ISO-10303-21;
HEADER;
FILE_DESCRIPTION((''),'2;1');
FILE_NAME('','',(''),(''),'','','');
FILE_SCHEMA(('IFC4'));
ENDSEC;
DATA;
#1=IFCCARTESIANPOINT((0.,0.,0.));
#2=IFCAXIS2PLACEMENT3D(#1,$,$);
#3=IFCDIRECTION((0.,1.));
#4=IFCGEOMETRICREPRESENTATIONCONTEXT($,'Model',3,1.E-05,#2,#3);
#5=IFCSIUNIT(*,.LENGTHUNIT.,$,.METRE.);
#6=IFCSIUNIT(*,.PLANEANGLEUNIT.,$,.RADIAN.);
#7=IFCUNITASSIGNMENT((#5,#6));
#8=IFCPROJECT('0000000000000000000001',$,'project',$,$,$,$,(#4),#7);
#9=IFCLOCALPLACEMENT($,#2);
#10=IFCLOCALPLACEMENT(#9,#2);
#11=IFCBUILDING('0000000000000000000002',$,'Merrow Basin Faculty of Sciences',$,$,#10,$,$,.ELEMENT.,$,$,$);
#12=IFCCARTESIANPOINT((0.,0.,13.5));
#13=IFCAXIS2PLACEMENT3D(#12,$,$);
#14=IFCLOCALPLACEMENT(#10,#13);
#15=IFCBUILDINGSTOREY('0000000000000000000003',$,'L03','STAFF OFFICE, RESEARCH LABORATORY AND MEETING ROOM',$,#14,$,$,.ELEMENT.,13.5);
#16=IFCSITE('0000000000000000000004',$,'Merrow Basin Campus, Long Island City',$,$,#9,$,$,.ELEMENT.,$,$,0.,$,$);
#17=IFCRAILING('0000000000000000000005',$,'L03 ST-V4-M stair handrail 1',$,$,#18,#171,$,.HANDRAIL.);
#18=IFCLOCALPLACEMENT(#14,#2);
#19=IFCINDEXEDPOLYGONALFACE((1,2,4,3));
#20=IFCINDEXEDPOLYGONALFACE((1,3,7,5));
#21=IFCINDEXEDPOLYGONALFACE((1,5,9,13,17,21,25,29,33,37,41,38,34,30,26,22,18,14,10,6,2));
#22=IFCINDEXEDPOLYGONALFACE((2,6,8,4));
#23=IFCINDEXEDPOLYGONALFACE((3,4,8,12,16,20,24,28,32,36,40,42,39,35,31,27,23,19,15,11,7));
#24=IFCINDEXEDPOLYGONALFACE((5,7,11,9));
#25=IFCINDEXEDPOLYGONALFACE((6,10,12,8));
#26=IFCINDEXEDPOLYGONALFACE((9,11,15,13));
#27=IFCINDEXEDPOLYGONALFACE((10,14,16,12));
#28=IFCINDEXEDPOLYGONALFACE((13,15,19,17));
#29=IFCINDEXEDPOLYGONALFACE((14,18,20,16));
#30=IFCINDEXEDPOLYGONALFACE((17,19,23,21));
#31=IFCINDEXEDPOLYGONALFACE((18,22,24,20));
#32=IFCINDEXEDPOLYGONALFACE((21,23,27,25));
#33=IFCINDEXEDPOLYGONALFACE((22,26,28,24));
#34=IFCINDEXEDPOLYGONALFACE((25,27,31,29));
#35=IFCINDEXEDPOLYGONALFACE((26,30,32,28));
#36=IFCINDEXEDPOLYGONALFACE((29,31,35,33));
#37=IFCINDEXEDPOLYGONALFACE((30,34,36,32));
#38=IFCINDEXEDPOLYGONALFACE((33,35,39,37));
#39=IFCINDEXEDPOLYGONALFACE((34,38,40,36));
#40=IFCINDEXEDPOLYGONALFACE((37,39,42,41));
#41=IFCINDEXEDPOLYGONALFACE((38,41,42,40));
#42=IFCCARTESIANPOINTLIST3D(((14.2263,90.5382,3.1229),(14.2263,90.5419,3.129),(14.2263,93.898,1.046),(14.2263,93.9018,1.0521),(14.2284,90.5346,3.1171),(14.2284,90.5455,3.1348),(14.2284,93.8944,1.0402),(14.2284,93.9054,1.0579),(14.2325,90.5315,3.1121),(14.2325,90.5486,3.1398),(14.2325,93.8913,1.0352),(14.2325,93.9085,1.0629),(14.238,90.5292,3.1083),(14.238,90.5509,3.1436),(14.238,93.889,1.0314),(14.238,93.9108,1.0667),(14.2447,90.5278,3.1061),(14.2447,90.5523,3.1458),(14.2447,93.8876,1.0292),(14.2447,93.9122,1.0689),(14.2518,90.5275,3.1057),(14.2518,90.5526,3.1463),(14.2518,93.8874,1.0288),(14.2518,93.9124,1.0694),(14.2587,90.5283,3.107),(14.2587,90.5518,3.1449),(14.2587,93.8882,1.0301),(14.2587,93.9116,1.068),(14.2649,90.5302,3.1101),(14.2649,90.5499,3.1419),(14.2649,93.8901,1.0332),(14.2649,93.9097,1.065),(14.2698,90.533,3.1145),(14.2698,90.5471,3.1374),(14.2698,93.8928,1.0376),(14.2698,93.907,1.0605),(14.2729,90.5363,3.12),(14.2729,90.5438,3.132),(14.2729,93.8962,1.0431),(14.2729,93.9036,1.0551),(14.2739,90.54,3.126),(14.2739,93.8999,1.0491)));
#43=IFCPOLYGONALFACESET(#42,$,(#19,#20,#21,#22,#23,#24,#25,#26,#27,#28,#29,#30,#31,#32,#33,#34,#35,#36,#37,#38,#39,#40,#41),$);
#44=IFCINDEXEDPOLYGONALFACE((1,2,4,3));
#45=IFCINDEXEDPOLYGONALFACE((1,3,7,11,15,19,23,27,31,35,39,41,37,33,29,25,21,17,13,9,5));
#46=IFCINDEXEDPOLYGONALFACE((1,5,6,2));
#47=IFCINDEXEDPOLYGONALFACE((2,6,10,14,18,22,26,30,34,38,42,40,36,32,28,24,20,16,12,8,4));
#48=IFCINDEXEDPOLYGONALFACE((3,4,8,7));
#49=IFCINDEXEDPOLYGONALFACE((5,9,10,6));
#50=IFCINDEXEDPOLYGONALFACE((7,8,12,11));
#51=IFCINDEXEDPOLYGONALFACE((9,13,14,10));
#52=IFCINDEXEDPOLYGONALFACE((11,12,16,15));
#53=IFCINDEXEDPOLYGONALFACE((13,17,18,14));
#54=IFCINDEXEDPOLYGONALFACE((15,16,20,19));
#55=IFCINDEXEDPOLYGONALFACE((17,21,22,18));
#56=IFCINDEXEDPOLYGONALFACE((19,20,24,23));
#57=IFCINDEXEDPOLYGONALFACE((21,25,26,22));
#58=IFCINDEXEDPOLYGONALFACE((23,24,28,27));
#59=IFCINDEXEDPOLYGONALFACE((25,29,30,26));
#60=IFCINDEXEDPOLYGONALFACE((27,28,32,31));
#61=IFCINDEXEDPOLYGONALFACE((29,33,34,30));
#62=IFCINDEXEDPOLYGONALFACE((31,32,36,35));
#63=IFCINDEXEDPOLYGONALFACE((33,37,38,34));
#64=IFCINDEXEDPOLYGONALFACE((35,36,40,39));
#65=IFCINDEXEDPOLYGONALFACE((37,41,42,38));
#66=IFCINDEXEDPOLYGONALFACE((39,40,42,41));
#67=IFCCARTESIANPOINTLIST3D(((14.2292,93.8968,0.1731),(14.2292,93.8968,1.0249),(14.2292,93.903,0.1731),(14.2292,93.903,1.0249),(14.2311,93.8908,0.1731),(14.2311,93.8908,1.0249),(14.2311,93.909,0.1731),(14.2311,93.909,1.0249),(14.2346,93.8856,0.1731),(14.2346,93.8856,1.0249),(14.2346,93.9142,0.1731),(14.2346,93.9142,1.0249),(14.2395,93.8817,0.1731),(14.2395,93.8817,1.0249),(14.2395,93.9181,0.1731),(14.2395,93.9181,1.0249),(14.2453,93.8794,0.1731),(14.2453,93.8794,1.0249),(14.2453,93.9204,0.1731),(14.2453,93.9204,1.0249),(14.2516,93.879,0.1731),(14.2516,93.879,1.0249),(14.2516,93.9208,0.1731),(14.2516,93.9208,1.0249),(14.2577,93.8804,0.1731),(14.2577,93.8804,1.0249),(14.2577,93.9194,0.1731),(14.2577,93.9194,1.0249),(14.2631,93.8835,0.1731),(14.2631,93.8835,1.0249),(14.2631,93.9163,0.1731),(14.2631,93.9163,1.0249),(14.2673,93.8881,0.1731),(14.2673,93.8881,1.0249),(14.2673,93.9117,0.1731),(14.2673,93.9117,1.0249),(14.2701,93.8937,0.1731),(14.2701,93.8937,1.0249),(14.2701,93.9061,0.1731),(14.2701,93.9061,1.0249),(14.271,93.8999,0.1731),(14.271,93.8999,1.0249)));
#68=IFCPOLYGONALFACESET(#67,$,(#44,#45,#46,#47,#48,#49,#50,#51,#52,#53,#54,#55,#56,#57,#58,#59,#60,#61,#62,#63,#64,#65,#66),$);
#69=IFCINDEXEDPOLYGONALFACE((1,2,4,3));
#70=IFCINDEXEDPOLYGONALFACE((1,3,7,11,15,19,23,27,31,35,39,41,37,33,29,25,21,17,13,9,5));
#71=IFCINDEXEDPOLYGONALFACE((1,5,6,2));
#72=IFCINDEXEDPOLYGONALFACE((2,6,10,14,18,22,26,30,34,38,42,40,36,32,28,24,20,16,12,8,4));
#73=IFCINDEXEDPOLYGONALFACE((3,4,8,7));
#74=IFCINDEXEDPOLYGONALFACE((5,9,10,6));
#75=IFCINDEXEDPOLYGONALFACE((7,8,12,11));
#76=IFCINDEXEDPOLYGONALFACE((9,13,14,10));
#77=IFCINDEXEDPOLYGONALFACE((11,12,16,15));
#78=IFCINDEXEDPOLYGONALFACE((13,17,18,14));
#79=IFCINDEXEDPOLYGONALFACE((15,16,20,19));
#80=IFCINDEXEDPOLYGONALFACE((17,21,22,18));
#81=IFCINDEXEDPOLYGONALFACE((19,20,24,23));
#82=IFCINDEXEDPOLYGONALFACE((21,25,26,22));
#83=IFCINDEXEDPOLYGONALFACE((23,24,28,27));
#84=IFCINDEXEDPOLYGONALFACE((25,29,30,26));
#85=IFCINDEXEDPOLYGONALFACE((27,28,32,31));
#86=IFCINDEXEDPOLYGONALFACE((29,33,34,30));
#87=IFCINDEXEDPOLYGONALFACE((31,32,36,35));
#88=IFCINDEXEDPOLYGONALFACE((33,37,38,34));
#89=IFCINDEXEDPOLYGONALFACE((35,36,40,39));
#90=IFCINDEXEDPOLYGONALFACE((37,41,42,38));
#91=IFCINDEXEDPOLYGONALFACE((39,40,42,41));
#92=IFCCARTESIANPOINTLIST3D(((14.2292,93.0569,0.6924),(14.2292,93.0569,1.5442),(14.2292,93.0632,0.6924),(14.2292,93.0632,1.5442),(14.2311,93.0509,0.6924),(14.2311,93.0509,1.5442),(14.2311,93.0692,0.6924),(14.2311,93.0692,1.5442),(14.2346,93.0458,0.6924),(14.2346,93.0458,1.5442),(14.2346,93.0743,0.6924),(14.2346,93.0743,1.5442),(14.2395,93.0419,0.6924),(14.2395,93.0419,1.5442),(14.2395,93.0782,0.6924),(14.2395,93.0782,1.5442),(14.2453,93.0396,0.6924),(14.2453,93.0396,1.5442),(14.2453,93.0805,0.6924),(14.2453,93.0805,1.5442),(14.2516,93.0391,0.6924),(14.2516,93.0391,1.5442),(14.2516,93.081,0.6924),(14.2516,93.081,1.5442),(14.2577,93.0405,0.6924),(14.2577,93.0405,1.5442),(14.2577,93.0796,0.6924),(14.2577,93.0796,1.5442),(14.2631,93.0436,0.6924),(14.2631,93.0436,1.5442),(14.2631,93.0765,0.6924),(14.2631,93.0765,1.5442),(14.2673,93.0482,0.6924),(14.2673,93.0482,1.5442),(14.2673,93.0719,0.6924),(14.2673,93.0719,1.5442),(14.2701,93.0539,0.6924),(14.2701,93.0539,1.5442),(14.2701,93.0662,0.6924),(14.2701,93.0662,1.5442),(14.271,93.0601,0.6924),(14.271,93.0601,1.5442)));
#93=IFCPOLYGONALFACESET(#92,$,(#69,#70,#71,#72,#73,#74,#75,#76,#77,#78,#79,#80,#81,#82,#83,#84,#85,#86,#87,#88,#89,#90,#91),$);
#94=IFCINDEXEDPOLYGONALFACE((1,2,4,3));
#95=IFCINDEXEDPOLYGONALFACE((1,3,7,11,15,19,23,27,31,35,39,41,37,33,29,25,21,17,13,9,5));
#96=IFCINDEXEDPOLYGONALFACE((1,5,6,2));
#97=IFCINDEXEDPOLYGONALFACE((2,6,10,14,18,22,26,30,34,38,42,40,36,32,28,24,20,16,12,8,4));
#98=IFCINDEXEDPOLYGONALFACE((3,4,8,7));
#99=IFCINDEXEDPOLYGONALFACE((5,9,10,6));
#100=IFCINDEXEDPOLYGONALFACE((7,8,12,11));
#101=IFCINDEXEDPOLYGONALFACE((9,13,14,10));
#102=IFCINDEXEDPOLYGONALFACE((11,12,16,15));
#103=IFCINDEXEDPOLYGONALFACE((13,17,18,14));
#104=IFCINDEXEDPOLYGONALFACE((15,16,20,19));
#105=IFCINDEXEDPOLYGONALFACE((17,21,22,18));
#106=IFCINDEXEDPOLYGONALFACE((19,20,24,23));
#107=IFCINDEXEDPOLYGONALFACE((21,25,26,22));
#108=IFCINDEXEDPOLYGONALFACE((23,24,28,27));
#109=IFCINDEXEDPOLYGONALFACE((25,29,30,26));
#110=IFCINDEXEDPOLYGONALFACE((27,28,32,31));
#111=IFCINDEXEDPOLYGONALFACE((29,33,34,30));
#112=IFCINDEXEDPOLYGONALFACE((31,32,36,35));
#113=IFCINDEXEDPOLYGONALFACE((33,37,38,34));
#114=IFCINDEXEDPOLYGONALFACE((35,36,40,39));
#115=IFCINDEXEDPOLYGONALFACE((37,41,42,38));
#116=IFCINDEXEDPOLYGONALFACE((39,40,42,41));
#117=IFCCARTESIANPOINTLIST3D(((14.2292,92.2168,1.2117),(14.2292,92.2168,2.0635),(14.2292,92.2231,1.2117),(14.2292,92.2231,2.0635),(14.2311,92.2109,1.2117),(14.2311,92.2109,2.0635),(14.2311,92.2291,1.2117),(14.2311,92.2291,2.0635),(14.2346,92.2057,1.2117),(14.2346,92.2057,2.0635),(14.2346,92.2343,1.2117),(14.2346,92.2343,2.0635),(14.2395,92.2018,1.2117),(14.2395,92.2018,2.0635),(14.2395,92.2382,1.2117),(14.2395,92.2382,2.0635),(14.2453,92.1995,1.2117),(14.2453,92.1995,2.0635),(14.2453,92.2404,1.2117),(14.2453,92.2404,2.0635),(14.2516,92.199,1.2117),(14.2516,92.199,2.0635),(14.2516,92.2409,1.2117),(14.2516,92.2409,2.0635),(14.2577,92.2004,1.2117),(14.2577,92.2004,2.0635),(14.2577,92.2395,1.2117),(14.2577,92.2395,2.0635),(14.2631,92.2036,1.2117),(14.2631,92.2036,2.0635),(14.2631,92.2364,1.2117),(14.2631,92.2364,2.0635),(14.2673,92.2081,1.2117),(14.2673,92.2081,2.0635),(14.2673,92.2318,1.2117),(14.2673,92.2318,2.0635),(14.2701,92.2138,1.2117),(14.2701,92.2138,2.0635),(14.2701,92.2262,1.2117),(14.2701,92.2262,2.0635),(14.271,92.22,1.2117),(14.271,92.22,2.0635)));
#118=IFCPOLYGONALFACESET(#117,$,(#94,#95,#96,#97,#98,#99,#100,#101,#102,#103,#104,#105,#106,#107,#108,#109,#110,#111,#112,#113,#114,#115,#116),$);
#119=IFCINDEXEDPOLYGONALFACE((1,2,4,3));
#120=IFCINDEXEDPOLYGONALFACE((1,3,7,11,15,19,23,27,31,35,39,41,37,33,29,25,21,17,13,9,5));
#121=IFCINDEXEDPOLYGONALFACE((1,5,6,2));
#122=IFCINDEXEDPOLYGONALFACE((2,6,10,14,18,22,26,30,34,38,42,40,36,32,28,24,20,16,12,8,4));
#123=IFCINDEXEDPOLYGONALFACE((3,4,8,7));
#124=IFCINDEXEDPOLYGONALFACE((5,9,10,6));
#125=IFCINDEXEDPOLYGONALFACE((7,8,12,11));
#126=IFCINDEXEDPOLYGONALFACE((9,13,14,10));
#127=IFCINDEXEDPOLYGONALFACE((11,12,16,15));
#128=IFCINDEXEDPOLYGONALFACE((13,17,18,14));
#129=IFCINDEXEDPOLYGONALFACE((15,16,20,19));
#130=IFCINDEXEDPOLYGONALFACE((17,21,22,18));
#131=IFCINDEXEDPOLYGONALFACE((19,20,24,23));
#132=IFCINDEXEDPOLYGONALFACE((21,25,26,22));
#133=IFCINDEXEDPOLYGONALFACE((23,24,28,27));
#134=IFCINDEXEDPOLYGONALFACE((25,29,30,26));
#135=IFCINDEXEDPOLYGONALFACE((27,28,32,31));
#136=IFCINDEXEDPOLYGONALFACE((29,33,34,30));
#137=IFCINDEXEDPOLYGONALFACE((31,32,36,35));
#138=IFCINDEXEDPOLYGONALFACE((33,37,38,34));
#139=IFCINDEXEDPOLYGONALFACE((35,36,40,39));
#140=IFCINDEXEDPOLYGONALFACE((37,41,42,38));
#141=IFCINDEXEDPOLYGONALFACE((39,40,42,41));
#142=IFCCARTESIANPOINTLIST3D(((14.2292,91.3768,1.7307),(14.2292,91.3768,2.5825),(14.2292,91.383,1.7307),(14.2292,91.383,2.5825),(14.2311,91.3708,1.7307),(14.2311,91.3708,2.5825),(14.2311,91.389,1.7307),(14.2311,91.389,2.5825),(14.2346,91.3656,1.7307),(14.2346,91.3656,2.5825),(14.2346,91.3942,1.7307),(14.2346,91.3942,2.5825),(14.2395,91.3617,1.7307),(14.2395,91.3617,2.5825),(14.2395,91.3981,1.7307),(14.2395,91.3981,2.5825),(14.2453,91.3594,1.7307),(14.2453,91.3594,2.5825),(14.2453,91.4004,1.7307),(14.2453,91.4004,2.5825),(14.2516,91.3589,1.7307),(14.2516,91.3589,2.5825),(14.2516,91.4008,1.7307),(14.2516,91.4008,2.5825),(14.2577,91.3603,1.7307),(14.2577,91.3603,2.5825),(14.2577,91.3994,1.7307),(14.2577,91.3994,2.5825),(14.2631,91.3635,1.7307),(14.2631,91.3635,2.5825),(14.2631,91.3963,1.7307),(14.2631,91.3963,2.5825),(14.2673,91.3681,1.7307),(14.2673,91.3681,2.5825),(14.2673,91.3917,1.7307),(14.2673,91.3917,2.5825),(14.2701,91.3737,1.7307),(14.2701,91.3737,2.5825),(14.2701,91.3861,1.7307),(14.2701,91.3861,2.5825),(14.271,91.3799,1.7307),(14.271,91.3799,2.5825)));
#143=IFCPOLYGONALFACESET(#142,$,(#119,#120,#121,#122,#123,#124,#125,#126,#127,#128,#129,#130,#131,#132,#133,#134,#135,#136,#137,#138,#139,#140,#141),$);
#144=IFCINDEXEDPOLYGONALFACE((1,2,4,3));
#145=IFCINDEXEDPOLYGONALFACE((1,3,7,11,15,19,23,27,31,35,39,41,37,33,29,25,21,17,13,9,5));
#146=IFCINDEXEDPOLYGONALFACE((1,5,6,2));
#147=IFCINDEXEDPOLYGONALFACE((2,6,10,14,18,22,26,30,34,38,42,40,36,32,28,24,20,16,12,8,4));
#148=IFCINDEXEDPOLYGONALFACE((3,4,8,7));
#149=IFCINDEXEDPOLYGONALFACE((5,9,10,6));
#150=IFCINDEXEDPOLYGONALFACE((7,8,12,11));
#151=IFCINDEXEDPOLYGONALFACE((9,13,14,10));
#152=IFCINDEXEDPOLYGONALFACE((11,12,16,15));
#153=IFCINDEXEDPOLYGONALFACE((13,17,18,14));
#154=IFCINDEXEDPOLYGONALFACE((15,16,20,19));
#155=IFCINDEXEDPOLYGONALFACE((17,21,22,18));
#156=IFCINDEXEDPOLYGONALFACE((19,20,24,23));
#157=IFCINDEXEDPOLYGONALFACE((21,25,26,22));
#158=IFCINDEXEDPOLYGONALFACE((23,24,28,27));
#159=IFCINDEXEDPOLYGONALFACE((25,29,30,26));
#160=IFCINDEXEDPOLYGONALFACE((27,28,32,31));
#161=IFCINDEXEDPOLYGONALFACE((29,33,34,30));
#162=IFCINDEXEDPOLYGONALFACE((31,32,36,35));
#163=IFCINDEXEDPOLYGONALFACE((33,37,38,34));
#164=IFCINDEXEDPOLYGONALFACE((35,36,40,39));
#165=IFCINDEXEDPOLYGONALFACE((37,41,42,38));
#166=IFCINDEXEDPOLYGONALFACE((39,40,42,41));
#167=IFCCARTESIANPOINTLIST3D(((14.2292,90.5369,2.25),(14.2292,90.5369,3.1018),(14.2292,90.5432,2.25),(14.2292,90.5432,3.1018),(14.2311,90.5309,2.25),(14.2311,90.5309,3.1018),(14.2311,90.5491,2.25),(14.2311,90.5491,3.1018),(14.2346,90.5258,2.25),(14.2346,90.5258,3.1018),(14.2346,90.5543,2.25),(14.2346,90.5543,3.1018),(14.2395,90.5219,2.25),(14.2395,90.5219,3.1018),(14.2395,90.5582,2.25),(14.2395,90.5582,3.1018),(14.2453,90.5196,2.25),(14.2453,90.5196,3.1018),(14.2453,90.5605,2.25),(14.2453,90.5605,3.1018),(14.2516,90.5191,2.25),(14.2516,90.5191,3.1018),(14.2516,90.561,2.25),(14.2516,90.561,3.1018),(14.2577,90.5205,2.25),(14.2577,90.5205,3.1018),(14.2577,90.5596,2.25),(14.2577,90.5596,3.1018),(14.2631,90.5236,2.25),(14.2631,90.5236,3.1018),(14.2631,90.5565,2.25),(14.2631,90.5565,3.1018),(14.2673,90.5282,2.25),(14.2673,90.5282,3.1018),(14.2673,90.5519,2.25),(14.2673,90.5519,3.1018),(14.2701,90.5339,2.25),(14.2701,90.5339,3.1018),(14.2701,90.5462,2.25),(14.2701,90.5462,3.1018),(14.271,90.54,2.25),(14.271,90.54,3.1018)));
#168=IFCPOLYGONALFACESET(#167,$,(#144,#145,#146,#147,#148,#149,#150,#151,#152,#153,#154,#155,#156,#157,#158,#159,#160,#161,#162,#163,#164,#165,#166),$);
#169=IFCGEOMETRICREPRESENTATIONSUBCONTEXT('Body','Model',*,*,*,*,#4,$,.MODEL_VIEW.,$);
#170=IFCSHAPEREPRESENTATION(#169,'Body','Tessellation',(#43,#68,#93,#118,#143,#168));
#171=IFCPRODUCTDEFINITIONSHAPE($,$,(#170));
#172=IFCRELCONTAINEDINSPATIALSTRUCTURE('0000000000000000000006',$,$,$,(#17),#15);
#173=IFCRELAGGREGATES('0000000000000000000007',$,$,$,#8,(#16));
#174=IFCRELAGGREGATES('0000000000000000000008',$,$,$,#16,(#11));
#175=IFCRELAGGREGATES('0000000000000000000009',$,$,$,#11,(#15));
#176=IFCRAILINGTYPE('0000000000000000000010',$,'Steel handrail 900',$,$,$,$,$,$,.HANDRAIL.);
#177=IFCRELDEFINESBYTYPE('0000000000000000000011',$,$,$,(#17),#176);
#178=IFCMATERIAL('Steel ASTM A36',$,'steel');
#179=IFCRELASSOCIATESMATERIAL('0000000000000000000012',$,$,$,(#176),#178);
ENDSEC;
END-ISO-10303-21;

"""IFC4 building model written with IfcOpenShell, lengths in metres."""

from ifc_helpers import new_model, si_unit, direction, frame, origin, origin_2d, place, context, subcontext, project, spatial, circle, extrude, material, type_object, element, save


model = new_model("IFC4")

# Units and contexts
model_context = context("Model", 3, precision=1e-05, world=origin(), true_north=direction((0.0, 1.0)))
body_context = subcontext(model_context, "Body", "Model", "MODEL_VIEW")
ifc_project = project(units=[si_unit("LENGTHUNIT", "METRE"), si_unit("PLANEANGLEUNIT", "RADIAN")], contexts=[model_context])

# Site, building, storey
site_placement = place(None, origin())
site = spatial("IfcSite", under=ifc_project, at=site_placement, Name="Merrow Basin Campus, Long Island City", CompositionType="ELEMENT", RefElevation=0.0)
building_placement = place(site_placement, origin())
building = spatial("IfcBuilding", under=site, at=building_placement, Name="Merrow Basin Faculty of Sciences", CompositionType="ELEMENT")
storey_placement = place(building_placement, frame((0.0, 0.0, 13.5)))
storey = spatial("IfcBuildingStorey", under=building, at=storey_placement, Name="L03", Description="STAFF OFFICE, RESEARCH LABORATORY AND MEETING ROOM", CompositionType="ELEMENT", Elevation=13.5)

# Railing
ifc_material_1 = material(Name="Steel ASTM A36", Category="steel")
railing_type_1 = type_object("IfcRailingType", Name="Steel handrail 900", PredefinedType="HANDRAIL", material=ifc_material_1)
railing_1_placement = place(storey_placement, frame((14.25, 93.8999, 0.1731)))
element("IfcRailing", 1, at=railing_1_placement, inside=storey, type_object=railing_type_1, Name="L03 ST-V4-M stair handrail 1", PredefinedType="HANDRAIL", context=body_context, shape_type="SweptSolid", body=[
    extrude(circle(Radius=0.0239, at=origin_2d()), frame((0.0, 0.0, 0.876), z_axis=(0.0, -0.850606, 0.525803), x_axis=(1.0, 0.0, 0.0)), (0.0, 0.0, 1.0), 3.95),
    extrude(circle(Radius=0.021, at=origin_2d()), origin(), (0.0, 0.0, 1.0), 0.8518),
    extrude(circle(Radius=0.021, at=origin_2d()), frame((0.0, -0.8398, 0.5193)), (0.0, 0.0, 1.0), 0.8518),
    extrude(circle(Radius=0.021, at=origin_2d()), frame((0.0, -1.6799, 1.0386)), (0.0, 0.0, 1.0), 0.8518),
    extrude(circle(Radius=0.021, at=origin_2d()), frame((0.0, -2.52, 1.5576)), (0.0, 0.0, 1.0), 0.8518),
    extrude(circle(Radius=0.021, at=origin_2d()), frame((0.0, -3.3599, 2.0769)), (0.0, 0.0, 1.0), 0.8518),
])

save(model, "model.ifc")
